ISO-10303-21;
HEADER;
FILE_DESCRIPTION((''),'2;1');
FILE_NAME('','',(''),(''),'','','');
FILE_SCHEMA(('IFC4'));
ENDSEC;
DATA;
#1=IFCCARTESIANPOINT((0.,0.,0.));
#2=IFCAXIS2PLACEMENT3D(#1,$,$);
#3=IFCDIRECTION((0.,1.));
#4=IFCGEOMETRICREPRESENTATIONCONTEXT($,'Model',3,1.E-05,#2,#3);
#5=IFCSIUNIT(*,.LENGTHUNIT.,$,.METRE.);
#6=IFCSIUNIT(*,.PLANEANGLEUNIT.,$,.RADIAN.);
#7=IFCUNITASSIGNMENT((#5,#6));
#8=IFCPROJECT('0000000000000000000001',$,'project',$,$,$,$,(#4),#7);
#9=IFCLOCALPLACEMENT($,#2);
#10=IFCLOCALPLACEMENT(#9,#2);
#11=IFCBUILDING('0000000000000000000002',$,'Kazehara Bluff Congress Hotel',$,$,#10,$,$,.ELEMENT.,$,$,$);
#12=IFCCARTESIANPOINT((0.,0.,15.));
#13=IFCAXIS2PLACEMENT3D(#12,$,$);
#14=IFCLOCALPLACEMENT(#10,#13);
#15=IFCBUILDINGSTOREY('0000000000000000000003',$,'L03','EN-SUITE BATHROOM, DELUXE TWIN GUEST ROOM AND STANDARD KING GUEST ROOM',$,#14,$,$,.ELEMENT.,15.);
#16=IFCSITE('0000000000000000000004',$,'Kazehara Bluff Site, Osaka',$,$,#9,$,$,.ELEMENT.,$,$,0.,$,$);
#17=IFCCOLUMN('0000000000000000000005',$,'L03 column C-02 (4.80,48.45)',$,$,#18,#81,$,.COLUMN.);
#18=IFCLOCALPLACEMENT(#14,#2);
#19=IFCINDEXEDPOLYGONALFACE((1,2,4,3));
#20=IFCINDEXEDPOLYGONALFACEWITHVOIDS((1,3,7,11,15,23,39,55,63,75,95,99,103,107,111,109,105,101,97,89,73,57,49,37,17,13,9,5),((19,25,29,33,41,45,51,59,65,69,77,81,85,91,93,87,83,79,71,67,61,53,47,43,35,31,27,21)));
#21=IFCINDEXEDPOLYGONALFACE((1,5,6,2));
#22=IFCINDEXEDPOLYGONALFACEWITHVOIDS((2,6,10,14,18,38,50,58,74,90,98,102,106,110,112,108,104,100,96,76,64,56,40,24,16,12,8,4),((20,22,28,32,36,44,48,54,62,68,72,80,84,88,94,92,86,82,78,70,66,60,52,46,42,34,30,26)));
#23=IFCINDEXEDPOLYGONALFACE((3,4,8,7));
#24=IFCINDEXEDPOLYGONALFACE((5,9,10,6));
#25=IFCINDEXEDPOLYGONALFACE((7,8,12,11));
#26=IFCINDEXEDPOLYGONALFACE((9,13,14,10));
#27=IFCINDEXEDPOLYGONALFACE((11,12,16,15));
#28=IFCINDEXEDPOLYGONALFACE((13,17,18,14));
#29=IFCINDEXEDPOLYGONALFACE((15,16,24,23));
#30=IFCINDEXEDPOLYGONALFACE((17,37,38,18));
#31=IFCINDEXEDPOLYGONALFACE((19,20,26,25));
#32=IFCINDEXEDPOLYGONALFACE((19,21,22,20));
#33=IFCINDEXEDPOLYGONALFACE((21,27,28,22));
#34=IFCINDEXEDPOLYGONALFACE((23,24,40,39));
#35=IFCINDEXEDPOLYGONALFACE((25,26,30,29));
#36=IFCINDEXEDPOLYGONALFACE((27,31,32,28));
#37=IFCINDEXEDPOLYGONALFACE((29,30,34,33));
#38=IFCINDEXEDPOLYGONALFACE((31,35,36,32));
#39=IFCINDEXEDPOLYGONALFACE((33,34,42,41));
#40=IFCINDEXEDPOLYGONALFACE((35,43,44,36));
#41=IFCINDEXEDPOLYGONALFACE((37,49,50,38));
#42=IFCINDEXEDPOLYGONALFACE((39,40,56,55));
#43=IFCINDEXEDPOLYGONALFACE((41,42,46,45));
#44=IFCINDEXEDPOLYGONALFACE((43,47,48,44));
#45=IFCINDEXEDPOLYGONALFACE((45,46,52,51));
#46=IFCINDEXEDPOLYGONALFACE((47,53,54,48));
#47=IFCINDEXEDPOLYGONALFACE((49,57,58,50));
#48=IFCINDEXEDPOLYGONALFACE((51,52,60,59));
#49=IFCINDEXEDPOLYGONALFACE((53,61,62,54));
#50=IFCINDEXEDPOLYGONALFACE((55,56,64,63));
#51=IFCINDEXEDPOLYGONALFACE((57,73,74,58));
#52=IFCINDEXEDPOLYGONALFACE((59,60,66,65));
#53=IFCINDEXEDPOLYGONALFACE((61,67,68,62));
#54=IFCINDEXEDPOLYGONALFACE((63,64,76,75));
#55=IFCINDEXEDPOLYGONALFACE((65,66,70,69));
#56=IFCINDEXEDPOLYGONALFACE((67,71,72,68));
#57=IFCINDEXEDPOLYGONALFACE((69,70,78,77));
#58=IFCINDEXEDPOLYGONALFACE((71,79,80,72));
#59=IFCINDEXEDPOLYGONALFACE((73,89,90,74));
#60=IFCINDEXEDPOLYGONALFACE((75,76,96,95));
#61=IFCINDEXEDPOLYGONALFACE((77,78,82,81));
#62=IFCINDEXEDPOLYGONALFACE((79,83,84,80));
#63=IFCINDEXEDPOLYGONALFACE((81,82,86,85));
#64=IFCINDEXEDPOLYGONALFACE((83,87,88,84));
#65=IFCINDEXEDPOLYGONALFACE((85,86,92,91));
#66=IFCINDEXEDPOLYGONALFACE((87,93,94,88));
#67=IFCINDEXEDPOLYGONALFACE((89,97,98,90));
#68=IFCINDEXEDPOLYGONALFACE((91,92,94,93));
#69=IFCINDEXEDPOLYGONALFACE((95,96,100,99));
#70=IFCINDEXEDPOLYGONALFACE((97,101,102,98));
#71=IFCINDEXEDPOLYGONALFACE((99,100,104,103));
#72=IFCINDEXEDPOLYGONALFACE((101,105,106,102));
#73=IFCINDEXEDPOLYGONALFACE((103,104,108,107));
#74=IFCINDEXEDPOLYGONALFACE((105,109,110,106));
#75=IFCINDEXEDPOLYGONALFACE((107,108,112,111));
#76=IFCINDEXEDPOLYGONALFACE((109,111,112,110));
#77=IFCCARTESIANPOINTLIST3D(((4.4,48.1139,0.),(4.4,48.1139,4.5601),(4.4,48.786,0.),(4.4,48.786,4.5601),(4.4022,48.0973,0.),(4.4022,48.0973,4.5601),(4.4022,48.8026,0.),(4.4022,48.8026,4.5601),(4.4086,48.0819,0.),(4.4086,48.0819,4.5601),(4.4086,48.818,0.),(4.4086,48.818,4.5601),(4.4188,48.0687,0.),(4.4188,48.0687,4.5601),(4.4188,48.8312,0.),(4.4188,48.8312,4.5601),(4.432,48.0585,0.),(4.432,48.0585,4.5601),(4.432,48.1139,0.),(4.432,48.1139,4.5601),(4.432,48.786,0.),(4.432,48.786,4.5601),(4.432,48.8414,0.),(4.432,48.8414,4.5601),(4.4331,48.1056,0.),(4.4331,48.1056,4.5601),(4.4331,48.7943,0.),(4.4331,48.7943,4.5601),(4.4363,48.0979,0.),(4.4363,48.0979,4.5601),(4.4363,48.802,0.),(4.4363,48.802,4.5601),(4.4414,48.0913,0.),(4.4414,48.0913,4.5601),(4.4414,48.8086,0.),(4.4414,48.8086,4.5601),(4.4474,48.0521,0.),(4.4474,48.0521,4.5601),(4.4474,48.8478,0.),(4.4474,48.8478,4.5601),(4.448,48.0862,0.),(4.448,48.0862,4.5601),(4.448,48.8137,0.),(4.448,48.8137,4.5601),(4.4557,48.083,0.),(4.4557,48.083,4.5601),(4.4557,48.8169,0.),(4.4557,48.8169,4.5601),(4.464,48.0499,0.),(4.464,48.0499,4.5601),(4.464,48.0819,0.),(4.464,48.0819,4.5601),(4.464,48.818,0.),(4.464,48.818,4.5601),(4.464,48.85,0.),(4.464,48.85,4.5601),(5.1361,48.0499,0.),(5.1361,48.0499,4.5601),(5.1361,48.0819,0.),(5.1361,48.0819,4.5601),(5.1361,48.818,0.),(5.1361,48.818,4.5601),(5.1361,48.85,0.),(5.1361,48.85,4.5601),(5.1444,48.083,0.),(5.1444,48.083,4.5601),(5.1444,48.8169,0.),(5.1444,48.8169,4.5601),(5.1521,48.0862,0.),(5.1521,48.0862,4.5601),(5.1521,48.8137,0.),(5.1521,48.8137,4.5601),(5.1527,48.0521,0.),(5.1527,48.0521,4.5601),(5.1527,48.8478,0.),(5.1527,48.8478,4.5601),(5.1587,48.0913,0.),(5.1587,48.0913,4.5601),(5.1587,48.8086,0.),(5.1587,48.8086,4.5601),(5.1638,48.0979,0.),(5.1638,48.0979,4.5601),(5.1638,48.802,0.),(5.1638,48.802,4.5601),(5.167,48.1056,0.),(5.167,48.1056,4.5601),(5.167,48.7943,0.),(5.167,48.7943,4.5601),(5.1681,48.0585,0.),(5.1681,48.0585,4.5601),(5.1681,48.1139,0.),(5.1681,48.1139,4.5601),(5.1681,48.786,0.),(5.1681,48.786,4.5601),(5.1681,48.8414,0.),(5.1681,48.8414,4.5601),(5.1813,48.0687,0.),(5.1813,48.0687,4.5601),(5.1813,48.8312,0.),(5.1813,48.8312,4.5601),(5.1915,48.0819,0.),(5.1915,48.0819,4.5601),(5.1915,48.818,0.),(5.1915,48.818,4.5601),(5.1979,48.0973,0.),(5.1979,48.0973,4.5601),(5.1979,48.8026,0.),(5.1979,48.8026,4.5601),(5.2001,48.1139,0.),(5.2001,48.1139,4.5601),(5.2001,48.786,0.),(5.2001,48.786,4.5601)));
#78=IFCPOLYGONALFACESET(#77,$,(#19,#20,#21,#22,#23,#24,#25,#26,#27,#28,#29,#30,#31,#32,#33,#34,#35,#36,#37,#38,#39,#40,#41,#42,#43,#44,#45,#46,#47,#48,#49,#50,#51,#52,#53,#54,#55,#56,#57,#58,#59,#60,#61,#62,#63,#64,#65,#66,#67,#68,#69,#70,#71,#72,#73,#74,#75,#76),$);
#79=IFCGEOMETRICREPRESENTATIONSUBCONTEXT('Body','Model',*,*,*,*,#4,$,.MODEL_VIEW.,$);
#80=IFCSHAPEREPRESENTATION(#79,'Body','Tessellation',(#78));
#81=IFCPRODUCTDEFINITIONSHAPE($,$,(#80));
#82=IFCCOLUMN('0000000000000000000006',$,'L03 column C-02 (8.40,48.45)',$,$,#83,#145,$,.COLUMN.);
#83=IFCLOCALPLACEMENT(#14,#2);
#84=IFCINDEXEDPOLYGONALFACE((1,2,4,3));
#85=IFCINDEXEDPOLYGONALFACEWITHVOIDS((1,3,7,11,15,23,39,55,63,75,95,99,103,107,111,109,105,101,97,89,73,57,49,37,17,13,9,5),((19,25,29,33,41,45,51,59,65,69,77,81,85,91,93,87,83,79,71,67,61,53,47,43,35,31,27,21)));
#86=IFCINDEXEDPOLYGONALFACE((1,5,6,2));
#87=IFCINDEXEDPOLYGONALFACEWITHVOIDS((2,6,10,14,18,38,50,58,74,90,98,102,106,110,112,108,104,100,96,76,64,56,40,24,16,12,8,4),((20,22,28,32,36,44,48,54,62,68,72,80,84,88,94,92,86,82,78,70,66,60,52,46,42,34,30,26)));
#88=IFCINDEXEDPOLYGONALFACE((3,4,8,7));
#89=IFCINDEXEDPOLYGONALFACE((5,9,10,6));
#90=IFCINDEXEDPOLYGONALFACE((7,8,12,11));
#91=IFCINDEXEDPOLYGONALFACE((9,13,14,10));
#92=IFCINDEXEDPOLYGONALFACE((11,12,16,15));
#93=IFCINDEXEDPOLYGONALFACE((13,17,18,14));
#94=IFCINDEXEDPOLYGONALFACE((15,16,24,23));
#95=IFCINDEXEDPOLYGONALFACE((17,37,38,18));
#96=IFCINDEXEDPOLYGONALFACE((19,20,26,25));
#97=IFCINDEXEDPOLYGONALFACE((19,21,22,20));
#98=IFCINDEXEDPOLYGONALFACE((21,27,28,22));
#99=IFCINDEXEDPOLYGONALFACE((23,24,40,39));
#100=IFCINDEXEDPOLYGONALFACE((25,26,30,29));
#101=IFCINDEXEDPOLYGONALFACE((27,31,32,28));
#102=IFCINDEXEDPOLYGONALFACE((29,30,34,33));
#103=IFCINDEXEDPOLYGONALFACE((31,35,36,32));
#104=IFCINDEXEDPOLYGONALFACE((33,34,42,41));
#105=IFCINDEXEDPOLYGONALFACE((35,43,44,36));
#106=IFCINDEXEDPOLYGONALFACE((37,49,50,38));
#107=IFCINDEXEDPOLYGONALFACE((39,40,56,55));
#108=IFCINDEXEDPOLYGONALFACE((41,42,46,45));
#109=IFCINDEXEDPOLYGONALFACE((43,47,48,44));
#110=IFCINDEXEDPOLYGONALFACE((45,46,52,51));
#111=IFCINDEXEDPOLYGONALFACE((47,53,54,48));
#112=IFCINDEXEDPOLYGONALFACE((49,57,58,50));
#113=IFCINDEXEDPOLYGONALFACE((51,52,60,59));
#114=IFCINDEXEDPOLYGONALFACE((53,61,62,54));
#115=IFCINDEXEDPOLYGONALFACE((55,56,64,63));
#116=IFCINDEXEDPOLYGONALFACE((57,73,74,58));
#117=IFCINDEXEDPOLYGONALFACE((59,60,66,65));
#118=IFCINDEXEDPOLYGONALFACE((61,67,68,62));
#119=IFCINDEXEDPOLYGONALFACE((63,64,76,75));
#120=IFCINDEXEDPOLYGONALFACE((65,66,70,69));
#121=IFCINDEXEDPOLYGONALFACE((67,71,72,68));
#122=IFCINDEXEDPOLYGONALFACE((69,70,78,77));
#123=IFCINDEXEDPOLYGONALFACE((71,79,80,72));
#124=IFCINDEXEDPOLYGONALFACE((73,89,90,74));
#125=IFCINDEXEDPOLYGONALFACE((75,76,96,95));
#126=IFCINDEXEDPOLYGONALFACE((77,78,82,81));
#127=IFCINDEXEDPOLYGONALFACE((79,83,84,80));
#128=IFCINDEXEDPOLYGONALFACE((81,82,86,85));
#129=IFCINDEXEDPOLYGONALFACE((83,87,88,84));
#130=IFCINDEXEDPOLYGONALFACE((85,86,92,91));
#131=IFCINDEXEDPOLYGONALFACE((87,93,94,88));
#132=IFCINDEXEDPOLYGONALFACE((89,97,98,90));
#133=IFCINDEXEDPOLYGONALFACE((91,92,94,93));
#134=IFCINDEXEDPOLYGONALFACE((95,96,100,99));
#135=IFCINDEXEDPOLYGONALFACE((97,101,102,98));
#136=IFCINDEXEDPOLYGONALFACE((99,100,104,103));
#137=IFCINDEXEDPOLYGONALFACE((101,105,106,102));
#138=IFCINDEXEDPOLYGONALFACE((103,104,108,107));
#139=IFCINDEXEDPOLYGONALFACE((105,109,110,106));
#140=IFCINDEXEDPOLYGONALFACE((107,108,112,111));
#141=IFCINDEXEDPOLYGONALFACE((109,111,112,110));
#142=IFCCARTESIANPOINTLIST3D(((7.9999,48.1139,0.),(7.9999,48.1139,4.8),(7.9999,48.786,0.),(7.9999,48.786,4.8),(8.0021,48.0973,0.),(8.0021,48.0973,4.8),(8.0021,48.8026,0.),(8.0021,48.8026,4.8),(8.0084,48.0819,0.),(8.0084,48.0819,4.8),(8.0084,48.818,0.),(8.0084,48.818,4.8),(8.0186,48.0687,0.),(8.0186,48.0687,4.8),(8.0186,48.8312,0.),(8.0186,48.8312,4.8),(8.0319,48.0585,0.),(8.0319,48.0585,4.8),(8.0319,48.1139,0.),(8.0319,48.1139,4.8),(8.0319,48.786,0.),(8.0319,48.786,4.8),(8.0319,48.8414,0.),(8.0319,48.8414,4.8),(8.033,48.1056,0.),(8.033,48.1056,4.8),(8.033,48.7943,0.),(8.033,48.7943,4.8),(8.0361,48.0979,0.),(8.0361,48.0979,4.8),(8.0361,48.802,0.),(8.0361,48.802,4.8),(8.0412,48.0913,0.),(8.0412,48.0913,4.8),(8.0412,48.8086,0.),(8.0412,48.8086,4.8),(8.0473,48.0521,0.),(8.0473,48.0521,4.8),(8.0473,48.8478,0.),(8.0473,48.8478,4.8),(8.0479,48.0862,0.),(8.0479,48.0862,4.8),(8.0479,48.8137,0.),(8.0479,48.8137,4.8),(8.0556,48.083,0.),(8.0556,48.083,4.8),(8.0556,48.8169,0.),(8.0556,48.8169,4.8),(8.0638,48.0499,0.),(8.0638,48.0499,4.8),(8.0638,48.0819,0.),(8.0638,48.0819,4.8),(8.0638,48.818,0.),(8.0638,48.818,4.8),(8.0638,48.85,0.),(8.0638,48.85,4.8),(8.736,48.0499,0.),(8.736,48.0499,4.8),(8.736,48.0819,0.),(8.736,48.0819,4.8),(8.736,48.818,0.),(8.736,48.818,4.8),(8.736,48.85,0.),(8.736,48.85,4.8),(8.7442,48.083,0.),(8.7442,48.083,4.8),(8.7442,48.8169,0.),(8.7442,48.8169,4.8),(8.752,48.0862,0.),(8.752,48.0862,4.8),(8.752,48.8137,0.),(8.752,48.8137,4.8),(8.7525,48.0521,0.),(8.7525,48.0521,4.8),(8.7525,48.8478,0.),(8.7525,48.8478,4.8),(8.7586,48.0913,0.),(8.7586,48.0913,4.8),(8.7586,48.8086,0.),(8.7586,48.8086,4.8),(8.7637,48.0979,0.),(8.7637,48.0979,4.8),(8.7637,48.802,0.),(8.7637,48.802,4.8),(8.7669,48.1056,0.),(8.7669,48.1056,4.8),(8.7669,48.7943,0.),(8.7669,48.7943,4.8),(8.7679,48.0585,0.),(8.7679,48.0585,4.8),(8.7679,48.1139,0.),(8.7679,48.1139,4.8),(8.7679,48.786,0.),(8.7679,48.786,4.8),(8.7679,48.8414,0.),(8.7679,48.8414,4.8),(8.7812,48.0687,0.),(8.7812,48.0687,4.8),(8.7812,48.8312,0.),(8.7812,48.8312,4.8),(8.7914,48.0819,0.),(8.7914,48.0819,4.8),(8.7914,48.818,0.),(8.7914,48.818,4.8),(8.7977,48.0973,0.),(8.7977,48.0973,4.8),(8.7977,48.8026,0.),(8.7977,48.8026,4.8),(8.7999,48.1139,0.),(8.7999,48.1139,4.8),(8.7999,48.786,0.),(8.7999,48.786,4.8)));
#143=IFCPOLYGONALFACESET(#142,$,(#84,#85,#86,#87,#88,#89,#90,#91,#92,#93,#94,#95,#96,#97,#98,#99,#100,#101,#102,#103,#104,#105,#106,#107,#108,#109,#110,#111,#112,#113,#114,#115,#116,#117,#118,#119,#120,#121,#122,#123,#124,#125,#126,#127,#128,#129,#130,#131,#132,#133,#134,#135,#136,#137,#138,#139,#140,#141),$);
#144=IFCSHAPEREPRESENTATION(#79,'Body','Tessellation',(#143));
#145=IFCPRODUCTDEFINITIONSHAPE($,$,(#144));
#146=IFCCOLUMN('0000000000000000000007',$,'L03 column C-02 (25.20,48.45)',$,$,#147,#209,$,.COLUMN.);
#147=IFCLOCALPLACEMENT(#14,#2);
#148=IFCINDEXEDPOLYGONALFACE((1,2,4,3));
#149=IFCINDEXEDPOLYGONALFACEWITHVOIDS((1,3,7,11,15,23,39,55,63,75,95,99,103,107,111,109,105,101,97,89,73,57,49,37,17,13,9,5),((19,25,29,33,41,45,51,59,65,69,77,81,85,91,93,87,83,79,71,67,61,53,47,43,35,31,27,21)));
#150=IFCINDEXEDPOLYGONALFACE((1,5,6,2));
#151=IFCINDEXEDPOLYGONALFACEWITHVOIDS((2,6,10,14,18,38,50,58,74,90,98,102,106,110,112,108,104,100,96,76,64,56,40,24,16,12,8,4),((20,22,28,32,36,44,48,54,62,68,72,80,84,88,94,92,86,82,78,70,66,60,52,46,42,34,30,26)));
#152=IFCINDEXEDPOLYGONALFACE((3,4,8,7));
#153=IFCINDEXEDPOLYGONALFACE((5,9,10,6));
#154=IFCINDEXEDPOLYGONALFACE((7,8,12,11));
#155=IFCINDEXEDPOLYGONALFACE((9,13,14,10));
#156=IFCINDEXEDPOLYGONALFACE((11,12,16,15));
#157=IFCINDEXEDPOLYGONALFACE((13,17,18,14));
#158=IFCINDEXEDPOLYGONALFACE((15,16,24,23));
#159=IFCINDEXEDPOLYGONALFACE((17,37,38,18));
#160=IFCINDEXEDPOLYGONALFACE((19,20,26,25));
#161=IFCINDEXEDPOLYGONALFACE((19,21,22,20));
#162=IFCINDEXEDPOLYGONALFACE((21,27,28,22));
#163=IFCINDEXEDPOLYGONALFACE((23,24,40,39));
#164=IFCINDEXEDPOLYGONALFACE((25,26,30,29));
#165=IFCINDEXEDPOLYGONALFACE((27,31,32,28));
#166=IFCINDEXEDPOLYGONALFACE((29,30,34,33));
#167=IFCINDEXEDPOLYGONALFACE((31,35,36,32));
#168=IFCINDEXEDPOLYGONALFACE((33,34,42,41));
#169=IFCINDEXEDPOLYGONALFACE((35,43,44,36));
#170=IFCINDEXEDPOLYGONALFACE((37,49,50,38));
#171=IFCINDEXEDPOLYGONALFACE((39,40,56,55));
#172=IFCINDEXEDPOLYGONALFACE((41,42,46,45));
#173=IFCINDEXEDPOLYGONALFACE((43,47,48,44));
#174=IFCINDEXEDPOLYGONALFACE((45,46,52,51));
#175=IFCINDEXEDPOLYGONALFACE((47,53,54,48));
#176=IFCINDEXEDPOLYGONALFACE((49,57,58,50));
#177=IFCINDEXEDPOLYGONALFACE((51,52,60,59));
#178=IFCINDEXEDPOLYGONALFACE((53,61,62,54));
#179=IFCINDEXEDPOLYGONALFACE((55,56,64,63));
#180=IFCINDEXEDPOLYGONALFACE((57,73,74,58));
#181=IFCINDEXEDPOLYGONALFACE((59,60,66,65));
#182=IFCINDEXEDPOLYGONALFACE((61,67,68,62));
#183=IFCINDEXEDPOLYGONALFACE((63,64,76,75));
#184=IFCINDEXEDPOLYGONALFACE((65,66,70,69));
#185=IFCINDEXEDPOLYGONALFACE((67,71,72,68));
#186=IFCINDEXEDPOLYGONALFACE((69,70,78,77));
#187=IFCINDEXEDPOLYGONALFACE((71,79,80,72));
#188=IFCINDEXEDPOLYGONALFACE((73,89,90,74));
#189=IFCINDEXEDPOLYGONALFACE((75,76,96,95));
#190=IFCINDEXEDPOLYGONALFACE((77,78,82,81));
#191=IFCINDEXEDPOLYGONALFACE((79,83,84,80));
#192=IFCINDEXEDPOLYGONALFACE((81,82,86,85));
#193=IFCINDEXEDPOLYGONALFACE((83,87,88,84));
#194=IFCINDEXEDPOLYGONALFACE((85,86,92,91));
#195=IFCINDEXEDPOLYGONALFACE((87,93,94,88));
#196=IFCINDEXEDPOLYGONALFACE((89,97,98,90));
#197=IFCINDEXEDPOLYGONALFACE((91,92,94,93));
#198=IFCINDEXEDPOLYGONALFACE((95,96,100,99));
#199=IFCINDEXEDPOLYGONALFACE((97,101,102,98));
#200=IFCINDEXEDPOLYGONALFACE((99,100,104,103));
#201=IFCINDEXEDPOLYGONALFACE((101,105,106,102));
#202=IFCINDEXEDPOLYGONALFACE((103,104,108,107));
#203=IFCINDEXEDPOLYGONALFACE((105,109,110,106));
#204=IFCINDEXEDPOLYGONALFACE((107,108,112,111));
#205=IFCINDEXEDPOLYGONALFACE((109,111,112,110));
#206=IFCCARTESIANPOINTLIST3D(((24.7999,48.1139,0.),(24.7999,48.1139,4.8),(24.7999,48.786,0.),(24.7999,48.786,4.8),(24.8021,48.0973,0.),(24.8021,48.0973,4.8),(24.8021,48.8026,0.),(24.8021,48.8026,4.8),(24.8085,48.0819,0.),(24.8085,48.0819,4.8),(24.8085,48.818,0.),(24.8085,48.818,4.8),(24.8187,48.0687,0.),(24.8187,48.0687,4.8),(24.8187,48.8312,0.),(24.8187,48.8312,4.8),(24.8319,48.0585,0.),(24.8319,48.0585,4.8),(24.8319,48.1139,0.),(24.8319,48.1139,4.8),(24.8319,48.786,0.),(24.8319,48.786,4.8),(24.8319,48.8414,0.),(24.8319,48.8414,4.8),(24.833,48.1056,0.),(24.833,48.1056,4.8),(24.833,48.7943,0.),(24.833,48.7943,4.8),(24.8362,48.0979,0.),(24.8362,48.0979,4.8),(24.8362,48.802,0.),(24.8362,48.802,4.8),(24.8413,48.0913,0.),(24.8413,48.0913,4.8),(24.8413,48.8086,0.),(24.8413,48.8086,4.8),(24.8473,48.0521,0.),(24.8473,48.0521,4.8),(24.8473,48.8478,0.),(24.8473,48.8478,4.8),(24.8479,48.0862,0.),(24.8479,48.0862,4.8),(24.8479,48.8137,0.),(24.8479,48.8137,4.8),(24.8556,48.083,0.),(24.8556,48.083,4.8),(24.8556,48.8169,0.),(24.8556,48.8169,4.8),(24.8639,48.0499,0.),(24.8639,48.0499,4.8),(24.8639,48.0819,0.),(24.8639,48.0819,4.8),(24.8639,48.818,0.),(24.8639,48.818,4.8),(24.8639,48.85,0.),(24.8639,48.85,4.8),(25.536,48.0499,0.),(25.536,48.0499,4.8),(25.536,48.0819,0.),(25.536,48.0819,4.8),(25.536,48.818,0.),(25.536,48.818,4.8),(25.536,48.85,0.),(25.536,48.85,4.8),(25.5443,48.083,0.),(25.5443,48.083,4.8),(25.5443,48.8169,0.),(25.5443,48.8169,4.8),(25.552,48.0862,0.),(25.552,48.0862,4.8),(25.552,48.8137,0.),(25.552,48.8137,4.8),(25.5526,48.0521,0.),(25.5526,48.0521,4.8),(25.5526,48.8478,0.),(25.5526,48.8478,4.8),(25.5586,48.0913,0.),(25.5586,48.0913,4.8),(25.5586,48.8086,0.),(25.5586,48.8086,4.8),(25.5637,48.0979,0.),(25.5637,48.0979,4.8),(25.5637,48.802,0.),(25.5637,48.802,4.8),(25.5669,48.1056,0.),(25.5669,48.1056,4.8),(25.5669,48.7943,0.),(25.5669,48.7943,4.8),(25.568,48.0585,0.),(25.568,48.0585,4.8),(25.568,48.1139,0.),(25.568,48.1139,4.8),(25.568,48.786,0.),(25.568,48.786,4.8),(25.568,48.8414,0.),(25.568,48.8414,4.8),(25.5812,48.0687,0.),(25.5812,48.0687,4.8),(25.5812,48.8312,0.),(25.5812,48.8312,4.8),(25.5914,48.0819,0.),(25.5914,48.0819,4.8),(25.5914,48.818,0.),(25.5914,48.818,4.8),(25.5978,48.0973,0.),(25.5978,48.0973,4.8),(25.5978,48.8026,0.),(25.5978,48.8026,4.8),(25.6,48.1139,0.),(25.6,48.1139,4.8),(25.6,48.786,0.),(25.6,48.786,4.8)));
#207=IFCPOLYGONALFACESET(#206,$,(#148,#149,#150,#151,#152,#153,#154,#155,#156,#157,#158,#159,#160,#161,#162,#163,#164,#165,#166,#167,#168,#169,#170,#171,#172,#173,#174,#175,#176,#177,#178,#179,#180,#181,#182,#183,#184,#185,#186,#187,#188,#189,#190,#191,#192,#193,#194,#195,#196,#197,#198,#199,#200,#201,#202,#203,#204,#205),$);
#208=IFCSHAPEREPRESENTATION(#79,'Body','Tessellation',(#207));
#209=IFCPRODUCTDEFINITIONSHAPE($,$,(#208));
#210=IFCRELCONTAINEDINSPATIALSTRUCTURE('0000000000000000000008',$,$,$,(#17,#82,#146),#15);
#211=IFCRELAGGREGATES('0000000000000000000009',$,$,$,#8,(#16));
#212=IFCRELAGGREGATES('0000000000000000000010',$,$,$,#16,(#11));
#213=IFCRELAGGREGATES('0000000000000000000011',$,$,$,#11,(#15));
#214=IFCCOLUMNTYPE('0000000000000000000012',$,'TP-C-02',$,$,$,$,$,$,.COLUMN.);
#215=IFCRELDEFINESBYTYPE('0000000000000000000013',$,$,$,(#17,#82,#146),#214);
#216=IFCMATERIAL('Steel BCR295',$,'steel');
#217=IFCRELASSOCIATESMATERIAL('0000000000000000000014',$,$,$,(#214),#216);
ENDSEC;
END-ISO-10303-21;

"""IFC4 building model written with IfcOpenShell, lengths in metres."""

from ifc_helpers import new_model, si_unit, direction, frame, origin, origin_2d, place, context, subcontext, project, spatial, hollow_rectangle, extrude, material, material_profile, profile_set, type_object, element, save


model = new_model("IFC4")

# Units and contexts
model_context = context("Model", 3, precision=1e-05, world=origin(), true_north=direction((0.0, 1.0)))
body_context = subcontext(model_context, "Body", "Model", "MODEL_VIEW")
ifc_project = project(units=[si_unit("LENGTHUNIT", "METRE"), si_unit("PLANEANGLEUNIT", "RADIAN")], contexts=[model_context])

# Site, building, storey
site_placement = place(None, origin())
site = spatial("IfcSite", under=ifc_project, at=site_placement, Name="Kazehara Bluff Site, Osaka", CompositionType="ELEMENT", RefElevation=0.0)
building_placement = place(site_placement, origin())
building = spatial("IfcBuilding", under=site, at=building_placement, Name="Kazehara Bluff Congress Hotel", CompositionType="ELEMENT")
storey_placement = place(building_placement, frame((0.0, 0.0, 15.0)))
storey = spatial("IfcBuildingStorey", under=building, at=storey_placement, Name="L03", Description="EN-SUITE BATHROOM, DELUXE TWIN GUEST ROOM AND STANDARD KING GUEST ROOM", CompositionType="ELEMENT", Elevation=15.0)

# Columns
ifc_material_1 = material(Name="Steel BCR295", Category="steel")
ifc_material_profile_1 = material_profile(ifc_material_1, hollow_rectangle(XDim=0.8, YDim=0.8, WallThickness=0.032, InnerFilletRadius=0.032, OuterFilletRadius=0.064, at=origin_2d()))
ifc_profile_set_1 = profile_set([ifc_material_profile_1], Name="Steel BCR295")
column_type = type_object("IfcColumnType", Name="TP-C-02", PredefinedType="COLUMN", material=ifc_profile_set_1)
column_placement = place(storey_placement, frame((4.8, 48.45, 0.0), z_axis=(0.0, 0.0, 1.0), x_axis=(1.0, 0.0, 0.0)))
element("IfcColumn", 1, at=column_placement, inside=storey, type_object=column_type, Name="L03 column C-02 (4.80,48.45)", PredefinedType="COLUMN", context=body_context, shape_type="SweptSolid", body=[
    extrude(hollow_rectangle(XDim=0.8, YDim=0.8, WallThickness=0.032, InnerFilletRadius=0.032, OuterFilletRadius=0.064, at=origin_2d()), origin(), (0.0, 0.0, 1.0), 4.5601),
])
for number, where, z_axis, x_axis, name in (
    (2, (8.3999, 48.45, 0.0), (0.0, 0.0, 1.0), (1.0, 0.0, 0.0), "L03 column C-02 (8.40,48.45)"),
    (3, (25.2, 48.45, 0.0), (0.0, 0.0, 1.0), (1.0, 0.0, 0.0), "L03 column C-02 (25.20,48.45)"),
):
    element("IfcColumn", number, at=place(storey_placement, frame(where, z_axis=z_axis, x_axis=x_axis)), inside=storey, type_object=column_type, Name=name, PredefinedType="COLUMN", context=body_context, shape_type="SweptSolid", body=[
        extrude(hollow_rectangle(XDim=0.8, YDim=0.8, WallThickness=0.032, InnerFilletRadius=0.032, OuterFilletRadius=0.064, at=origin_2d()), origin(), (0.0, 0.0, 1.0), 4.8),
    ])

save(model, "model.ifc")
